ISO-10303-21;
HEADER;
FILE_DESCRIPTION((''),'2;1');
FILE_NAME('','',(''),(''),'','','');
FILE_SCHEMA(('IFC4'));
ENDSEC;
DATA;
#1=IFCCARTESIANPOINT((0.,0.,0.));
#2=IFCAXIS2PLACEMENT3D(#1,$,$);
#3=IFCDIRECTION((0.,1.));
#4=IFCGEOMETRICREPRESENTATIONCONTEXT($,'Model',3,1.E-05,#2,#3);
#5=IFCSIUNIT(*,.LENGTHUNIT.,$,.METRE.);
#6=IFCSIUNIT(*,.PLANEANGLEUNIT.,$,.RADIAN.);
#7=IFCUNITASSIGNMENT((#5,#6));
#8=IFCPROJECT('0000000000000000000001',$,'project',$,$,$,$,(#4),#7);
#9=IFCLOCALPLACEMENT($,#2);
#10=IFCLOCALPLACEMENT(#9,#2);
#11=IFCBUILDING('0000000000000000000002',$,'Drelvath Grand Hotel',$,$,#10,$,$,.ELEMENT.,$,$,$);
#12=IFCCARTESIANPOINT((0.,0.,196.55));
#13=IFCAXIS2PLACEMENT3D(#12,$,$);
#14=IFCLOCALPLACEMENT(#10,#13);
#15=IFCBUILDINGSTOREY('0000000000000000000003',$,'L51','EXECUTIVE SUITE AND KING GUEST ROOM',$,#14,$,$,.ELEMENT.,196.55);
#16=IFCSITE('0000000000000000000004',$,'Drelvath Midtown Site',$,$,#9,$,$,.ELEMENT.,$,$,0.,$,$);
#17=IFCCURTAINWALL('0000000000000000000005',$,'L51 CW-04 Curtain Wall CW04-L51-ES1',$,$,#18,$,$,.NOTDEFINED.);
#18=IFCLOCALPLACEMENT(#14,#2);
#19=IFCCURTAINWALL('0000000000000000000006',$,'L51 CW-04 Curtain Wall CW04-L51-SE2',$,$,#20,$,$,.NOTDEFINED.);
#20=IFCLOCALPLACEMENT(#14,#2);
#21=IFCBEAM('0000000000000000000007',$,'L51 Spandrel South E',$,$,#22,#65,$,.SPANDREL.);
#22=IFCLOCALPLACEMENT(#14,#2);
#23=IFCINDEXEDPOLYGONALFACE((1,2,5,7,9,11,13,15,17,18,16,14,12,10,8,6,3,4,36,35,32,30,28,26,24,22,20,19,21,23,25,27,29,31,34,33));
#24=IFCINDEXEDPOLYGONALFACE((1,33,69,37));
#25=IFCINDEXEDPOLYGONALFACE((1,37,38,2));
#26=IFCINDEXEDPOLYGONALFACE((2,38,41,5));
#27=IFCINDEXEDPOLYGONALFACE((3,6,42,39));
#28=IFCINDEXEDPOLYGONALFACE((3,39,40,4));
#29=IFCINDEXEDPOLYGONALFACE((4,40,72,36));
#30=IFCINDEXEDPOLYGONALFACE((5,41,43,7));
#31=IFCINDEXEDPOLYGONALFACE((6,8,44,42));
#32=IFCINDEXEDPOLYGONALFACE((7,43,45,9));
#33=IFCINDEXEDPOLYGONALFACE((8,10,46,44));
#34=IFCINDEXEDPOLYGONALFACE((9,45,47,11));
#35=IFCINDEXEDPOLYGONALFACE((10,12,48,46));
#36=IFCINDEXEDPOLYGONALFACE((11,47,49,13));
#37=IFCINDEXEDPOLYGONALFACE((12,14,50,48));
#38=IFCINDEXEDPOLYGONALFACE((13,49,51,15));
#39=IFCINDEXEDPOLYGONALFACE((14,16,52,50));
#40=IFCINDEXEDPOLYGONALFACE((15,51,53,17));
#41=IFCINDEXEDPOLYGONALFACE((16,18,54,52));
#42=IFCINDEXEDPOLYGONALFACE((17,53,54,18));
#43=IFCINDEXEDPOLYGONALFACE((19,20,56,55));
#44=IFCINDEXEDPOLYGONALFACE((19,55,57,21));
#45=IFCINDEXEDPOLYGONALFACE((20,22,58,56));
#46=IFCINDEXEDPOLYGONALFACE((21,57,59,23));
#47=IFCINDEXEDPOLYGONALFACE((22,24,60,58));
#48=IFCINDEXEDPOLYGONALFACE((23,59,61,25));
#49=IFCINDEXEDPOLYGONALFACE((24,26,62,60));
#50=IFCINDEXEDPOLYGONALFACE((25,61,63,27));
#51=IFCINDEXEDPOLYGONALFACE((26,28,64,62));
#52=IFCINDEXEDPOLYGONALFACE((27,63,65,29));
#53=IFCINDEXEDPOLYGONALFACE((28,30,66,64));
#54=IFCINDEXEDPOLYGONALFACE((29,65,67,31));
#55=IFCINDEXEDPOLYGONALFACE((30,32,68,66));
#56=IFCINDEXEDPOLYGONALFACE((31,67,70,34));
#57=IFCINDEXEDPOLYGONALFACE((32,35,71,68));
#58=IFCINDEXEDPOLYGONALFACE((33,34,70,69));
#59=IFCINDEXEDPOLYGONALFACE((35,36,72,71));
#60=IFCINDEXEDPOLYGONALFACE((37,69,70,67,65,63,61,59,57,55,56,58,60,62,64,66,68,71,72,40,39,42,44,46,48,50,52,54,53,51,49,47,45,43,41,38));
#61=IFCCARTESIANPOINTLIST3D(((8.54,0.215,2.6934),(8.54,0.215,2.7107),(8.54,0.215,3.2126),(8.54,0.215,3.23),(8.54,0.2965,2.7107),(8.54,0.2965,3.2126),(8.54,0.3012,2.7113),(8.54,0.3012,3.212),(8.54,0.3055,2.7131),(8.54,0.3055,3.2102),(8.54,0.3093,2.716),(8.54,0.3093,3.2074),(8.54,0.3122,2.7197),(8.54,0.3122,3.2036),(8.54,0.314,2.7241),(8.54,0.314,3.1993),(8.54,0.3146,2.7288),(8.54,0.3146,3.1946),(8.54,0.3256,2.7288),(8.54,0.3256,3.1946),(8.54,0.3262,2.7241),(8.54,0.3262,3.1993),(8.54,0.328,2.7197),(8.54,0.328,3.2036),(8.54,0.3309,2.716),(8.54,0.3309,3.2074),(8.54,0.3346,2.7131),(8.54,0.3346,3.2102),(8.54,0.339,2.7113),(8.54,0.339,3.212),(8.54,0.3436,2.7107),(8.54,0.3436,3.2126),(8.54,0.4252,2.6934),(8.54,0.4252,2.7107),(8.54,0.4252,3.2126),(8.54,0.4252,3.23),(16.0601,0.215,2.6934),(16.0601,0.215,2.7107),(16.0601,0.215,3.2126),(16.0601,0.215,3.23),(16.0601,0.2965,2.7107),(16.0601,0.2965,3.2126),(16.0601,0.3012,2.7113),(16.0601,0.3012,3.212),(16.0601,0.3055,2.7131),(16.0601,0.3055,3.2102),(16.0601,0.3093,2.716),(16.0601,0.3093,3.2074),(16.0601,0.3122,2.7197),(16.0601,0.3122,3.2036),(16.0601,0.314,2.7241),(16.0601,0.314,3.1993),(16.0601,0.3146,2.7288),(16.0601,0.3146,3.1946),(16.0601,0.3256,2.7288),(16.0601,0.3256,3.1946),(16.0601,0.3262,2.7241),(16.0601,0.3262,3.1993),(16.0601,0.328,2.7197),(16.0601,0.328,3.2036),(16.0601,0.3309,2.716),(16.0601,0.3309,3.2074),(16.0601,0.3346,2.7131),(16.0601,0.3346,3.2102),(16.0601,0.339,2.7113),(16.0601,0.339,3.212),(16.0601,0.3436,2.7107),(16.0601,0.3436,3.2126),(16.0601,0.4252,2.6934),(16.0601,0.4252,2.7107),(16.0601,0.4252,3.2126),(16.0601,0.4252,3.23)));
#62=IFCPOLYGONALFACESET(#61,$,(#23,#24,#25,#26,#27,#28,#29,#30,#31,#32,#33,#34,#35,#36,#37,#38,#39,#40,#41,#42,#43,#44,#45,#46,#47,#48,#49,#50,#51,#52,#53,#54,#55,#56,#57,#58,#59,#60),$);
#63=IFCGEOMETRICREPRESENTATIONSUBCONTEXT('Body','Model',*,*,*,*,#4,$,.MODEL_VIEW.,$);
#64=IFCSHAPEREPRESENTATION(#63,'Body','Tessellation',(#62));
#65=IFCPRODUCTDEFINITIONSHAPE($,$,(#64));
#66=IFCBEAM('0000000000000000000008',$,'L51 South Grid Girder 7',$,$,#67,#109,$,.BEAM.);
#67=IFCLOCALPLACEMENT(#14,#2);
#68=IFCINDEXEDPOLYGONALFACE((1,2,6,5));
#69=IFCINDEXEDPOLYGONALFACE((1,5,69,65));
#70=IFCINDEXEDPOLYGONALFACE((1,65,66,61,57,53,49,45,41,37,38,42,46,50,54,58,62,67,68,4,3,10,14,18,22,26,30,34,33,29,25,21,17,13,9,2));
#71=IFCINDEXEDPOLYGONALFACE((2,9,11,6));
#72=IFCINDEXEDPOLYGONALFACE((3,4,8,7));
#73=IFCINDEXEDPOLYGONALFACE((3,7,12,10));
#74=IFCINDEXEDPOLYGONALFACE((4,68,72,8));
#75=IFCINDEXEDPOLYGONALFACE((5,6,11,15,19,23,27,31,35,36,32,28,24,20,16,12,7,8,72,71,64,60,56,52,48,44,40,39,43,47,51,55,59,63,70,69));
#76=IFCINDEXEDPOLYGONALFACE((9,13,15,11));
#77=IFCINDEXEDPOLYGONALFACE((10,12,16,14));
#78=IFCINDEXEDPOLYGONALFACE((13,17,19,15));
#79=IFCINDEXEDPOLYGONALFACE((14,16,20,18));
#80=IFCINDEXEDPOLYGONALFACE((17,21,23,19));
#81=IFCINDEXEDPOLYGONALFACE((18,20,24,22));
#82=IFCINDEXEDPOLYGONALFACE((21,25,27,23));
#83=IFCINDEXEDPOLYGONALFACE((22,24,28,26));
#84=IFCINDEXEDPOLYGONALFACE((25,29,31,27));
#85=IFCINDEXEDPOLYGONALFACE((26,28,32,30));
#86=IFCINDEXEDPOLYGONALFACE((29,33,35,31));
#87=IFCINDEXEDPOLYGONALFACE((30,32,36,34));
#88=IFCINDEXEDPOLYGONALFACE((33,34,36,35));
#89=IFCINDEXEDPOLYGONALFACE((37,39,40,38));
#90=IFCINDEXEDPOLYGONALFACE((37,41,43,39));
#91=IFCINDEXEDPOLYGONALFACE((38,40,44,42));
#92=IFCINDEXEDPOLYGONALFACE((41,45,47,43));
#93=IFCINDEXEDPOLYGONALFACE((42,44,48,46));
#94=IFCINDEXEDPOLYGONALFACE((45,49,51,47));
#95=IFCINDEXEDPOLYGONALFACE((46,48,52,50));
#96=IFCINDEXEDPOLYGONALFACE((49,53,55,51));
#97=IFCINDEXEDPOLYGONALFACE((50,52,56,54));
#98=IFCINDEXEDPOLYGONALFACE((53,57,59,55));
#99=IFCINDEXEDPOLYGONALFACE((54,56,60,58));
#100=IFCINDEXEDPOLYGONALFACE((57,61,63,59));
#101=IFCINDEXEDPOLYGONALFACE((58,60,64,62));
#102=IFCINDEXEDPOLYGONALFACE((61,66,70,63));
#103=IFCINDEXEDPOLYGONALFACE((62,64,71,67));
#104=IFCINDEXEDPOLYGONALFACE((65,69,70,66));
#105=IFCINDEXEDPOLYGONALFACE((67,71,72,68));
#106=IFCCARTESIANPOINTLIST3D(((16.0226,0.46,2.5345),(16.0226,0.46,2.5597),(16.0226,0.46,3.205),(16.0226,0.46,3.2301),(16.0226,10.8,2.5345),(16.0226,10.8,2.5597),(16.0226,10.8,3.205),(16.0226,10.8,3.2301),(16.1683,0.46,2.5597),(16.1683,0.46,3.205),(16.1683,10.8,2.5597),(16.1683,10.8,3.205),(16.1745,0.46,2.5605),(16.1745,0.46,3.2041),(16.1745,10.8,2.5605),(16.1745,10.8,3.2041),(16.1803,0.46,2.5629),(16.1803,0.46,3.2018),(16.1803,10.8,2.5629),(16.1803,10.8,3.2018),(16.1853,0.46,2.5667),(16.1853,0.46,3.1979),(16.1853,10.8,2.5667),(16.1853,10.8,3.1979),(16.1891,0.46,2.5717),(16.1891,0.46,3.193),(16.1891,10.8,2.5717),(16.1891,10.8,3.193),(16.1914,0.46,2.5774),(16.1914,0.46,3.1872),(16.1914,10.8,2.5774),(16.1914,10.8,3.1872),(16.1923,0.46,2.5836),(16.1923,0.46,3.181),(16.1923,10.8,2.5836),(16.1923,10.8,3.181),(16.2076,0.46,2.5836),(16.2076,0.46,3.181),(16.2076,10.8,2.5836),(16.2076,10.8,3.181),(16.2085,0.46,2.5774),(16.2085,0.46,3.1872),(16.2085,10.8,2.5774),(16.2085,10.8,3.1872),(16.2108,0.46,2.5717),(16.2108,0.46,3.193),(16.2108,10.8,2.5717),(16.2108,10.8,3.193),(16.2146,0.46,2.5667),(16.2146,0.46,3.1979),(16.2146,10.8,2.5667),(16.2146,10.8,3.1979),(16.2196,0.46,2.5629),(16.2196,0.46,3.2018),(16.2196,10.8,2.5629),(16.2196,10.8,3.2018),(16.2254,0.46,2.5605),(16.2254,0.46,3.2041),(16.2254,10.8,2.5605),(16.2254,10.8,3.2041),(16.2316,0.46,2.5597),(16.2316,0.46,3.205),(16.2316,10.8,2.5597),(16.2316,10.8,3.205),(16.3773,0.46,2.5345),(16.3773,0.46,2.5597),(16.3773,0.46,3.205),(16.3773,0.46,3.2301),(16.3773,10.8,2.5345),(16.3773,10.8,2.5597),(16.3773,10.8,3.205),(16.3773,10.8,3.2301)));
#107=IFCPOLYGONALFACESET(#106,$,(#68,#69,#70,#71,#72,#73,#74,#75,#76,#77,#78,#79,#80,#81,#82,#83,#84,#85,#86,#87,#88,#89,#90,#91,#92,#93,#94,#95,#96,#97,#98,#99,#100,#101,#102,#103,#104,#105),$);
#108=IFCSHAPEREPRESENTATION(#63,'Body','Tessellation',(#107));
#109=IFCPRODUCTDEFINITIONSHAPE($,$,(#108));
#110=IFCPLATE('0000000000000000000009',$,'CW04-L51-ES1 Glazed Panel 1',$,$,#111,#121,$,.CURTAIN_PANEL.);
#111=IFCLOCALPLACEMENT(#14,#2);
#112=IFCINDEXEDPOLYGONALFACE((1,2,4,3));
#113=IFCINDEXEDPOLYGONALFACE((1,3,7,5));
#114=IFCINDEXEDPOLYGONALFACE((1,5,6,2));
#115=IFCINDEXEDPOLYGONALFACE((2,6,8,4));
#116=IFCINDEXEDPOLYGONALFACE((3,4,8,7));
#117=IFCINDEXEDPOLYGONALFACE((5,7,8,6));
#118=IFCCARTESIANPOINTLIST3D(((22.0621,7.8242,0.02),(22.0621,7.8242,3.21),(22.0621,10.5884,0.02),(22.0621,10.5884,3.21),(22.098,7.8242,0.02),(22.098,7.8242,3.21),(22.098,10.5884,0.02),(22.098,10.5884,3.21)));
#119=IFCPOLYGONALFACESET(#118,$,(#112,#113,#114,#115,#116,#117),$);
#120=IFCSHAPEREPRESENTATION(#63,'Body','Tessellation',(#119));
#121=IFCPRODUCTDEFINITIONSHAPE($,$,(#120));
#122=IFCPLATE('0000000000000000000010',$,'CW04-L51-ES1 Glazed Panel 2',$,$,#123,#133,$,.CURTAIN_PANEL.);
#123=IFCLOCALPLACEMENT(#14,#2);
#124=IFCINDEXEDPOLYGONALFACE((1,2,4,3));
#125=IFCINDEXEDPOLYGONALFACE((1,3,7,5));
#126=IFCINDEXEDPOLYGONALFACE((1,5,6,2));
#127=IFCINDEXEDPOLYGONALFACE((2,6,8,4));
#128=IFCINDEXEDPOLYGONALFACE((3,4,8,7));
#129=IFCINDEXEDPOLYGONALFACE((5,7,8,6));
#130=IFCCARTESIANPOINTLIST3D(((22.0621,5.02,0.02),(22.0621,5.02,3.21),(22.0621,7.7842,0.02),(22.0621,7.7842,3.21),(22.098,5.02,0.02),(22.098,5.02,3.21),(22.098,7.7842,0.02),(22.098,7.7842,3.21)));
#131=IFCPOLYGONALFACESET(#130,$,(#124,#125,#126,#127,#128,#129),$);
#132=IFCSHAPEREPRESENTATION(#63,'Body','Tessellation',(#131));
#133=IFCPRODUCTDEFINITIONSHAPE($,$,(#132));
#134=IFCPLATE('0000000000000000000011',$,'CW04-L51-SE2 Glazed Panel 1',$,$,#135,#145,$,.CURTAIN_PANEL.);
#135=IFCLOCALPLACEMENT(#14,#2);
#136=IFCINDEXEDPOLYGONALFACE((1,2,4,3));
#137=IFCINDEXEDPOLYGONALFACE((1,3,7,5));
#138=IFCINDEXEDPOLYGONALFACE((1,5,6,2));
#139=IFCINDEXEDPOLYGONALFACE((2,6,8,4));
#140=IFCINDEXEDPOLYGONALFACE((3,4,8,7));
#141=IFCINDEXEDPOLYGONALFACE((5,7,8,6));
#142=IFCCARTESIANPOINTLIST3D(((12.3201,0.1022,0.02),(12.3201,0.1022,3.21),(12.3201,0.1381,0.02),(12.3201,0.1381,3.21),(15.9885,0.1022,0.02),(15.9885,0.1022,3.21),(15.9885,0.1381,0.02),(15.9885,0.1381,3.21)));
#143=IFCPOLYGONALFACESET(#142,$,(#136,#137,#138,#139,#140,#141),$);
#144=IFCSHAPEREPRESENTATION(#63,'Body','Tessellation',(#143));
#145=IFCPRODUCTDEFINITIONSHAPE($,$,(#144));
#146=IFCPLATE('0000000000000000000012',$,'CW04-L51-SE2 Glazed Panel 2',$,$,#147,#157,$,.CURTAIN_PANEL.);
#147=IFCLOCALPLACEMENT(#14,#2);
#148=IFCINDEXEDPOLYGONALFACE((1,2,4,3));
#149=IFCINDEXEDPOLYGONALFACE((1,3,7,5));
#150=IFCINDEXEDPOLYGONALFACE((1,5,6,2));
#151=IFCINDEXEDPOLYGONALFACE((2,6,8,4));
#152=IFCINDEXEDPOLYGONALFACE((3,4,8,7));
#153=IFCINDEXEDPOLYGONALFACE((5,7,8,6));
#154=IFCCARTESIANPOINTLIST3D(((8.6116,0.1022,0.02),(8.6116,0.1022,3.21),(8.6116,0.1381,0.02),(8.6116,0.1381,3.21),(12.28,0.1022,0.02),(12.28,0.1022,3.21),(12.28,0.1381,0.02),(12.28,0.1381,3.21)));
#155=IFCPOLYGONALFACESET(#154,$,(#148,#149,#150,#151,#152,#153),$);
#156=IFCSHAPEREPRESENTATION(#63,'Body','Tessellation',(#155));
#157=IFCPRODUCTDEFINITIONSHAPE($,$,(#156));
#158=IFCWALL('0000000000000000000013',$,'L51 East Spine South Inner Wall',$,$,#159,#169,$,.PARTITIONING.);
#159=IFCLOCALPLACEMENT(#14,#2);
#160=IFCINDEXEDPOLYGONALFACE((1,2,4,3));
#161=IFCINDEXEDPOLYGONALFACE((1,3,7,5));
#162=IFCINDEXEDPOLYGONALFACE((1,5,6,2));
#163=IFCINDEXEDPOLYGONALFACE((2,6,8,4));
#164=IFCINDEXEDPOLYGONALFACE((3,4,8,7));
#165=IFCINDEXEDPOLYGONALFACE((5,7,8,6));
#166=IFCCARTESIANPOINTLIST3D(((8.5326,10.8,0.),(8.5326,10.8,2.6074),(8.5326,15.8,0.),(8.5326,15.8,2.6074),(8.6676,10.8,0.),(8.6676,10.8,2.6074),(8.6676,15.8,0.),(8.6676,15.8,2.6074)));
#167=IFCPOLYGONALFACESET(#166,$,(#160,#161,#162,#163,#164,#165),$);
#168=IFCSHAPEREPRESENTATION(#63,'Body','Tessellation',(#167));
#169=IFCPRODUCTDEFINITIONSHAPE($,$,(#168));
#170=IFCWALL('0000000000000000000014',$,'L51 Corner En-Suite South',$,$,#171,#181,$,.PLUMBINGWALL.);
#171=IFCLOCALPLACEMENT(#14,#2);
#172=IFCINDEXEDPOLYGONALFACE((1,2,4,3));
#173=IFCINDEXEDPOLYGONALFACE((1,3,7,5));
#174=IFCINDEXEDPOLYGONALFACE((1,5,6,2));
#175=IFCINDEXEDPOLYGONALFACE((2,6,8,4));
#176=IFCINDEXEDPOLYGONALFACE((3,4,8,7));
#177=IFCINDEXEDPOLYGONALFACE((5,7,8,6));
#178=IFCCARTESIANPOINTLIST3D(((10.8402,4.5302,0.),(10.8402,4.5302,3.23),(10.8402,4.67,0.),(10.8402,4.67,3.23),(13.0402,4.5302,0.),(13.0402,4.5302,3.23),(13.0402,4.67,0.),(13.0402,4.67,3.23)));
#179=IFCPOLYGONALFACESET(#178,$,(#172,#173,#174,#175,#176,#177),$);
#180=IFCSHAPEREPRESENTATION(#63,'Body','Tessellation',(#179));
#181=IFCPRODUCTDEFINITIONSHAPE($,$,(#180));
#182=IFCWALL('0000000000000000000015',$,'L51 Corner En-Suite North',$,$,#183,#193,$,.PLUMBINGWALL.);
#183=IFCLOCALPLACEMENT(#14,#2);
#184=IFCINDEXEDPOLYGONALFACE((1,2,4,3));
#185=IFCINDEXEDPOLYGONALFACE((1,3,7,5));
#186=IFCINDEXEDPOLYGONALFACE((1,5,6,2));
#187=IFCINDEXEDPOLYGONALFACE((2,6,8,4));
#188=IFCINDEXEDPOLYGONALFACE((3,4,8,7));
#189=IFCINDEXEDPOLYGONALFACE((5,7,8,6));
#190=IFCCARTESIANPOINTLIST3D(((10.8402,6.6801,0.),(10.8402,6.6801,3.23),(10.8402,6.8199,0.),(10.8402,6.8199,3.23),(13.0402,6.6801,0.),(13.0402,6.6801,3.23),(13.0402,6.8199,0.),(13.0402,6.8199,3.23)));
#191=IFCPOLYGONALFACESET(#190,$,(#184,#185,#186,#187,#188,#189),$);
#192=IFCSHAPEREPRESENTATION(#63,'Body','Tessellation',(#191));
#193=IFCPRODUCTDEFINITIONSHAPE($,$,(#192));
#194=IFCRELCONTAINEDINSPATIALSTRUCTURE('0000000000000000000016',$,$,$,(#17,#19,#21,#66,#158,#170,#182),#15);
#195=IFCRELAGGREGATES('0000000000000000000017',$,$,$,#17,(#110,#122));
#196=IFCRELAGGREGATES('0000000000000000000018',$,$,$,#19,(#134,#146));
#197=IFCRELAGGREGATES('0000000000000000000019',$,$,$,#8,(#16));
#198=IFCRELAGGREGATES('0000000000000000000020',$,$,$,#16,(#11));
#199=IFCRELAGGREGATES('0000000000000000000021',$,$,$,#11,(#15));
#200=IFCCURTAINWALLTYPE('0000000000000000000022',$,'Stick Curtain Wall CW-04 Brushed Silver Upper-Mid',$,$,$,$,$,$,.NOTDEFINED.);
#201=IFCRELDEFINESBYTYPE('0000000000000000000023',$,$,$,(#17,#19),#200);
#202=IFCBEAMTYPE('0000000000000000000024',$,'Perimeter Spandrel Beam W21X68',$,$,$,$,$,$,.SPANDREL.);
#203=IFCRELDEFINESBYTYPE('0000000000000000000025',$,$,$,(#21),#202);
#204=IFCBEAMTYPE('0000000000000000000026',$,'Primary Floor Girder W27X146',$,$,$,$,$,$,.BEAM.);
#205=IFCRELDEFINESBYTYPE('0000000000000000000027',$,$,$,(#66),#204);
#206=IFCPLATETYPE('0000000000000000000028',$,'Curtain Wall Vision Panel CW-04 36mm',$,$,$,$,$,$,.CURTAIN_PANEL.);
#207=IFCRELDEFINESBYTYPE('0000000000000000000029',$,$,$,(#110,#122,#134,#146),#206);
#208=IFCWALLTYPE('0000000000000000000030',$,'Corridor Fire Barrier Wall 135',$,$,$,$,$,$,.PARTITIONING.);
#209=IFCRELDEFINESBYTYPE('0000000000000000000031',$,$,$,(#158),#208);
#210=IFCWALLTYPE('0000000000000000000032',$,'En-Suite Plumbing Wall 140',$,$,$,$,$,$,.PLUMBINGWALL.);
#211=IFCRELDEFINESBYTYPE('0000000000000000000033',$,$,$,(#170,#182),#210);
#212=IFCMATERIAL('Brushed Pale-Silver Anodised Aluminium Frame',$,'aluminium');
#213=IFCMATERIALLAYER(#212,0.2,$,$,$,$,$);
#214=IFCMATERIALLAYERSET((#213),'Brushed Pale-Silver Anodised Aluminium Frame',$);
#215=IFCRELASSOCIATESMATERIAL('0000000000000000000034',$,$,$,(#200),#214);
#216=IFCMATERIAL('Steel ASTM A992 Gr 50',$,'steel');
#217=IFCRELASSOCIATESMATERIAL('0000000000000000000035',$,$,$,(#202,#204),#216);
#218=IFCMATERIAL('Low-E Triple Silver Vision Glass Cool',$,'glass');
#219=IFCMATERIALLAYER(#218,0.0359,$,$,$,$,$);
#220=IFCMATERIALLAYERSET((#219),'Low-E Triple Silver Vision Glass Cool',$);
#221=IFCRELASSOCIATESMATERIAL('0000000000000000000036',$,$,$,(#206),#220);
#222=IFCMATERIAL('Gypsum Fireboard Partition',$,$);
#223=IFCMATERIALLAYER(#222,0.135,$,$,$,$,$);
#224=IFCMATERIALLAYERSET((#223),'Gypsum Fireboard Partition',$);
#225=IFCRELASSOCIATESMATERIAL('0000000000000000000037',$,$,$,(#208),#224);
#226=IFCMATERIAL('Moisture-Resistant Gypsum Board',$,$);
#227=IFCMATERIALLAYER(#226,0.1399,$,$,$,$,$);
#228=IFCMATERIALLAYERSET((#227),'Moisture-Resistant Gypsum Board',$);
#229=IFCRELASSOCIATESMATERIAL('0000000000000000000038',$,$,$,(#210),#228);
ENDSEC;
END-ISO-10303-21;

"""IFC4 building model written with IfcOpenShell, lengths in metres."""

from ifc_helpers import new_model, si_unit, direction, frame, frame_2d, origin, origin_2d, place, context, subcontext, project, spatial, rectangle, i_section, extrude, material, layer, layer_set, material_profile, profile_set, type_object, element, aggregate, save


model = new_model("IFC4")

# Units and contexts
model_context = context("Model", 3, precision=1e-05, world=origin(), true_north=direction((0.0, 1.0)))
body_context = subcontext(model_context, "Body", "Model", "MODEL_VIEW")
ifc_project = project(units=[si_unit("LENGTHUNIT", "METRE"), si_unit("PLANEANGLEUNIT", "RADIAN")], contexts=[model_context])

# Site, building, storey
site_placement = place(None, origin())
site = spatial("IfcSite", under=ifc_project, at=site_placement, Name="Drelvath Midtown Site", CompositionType="ELEMENT", RefElevation=0.0)
building_placement = place(site_placement, origin())
building = spatial("IfcBuilding", under=site, at=building_placement, Name="Drelvath Grand Hotel", CompositionType="ELEMENT")
storey_placement = place(building_placement, frame((0.0, 0.0, 196.55)))
storey = spatial("IfcBuildingStorey", under=building, at=storey_placement, Name="L51", Description="EXECUTIVE SUITE AND KING GUEST ROOM", CompositionType="ELEMENT", Elevation=196.55)

# Curtain walls
ifc_material_1 = material(Name="Brushed Pale-Silver Anodised Aluminium Frame", Category="aluminium")
ifc_layer_1 = layer(ifc_material_1, 0.2)
ifc_layer_set_1 = layer_set([ifc_layer_1], Name="Brushed Pale-Silver Anodised Aluminium Frame")
curtain_wall_type = type_object("IfcCurtainWallType", Name="Stick Curtain Wall CW-04 Brushed Silver Upper-Mid", PredefinedType="NOTDEFINED", material=ifc_layer_set_1)
curtain_wall_1_placement = place(storey_placement, origin())
curtain_wall_1 = element("IfcCurtainWall", 1, at=curtain_wall_1_placement, inside=storey, type_object=curtain_wall_type, Name="L51 CW-04 Curtain Wall CW04-L51-ES1", PredefinedType="NOTDEFINED")
curtain_wall_2_placement = place(storey_placement, origin())
curtain_wall_2 = element("IfcCurtainWall", 2, at=curtain_wall_2_placement, inside=storey, type_object=curtain_wall_type, Name="L51 CW-04 Curtain Wall CW04-L51-SE2", PredefinedType="NOTDEFINED")

# Beams
ifc_material_2 = material(Name="Steel ASTM A992 Gr 50", Category="steel")
ifc_material_profile_1 = material_profile(ifc_material_2, i_section(OverallWidth=0.2102, OverallDepth=0.5366, WebThickness=0.011, FlangeThickness=0.0173, FilletRadius=0.0181, at=origin_2d()), Name="W21X68")
ifc_profile_set_1 = profile_set([ifc_material_profile_1], Name="Steel ASTM A992 Gr 50")
beam_type_1 = type_object("IfcBeamType", Name="Perimeter Spandrel Beam W21X68", PredefinedType="SPANDREL", material=ifc_profile_set_1)
beam_1_placement = place(storey_placement, frame((8.54, 0.3201, 2.9617), z_axis=(1.0, 0.0, 0.0), x_axis=(0.0, 1.0, 0.0)))
element("IfcBeam", 3, at=beam_1_placement, inside=storey, type_object=beam_type_1, Name="L51 Spandrel South E", PredefinedType="SPANDREL", context=body_context, shape_type="SweptSolid", body=[
    extrude(i_section(OverallWidth=0.2102, OverallDepth=0.5366, WebThickness=0.011, FlangeThickness=0.0173, FilletRadius=0.0181, at=origin_2d()), origin(), (0.0, 0.0, 1.0), 7.52),
])
ifc_material_profile_2 = material_profile(ifc_material_2, i_section(OverallWidth=0.3547, OverallDepth=0.6956, WebThickness=0.0154, FlangeThickness=0.0251, FilletRadius=0.0239, at=origin_2d()), Name="W27X146")
ifc_profile_set_2 = profile_set([ifc_material_profile_2], Name="Steel ASTM A992 Gr 50")
beam_type_2 = type_object("IfcBeamType", Name="Primary Floor Girder W27X146", PredefinedType="BEAM", material=ifc_profile_set_2)
beam_2_placement = place(storey_placement, frame((16.2, 0.46, 2.8823), z_axis=(0.0, 1.0, 0.0), x_axis=(-1.0, 0.0, 0.0)))
element("IfcBeam", 4, at=beam_2_placement, inside=storey, type_object=beam_type_2, Name="L51 South Grid Girder 7", PredefinedType="BEAM", context=body_context, shape_type="SweptSolid", body=[
    extrude(i_section(OverallWidth=0.3547, OverallDepth=0.6956, WebThickness=0.0154, FlangeThickness=0.0251, FilletRadius=0.0239, at=origin_2d()), origin(), (0.0, 0.0, 1.0), 10.3401),
])

# Plates
ifc_material_3 = material(Name="Low-E Triple Silver Vision Glass Cool", Category="glass")
ifc_layer_2 = layer(ifc_material_3, 0.0359)
ifc_layer_set_2 = layer_set([ifc_layer_2], Name="Low-E Triple Silver Vision Glass Cool")
plate_type = type_object("IfcPlateType", Name="Curtain Wall Vision Panel CW-04 36mm", PredefinedType="CURTAIN_PANEL", material=ifc_layer_set_2)
plate_1_placement = place(storey_placement, frame((22.0801, 9.2063, 0.02), z_axis=(0.0, 0.0, 1.0), x_axis=(0.0, -1.0, 0.0)))
plate_1 = element("IfcPlate", 5, at=plate_1_placement, type_object=plate_type, Name="CW04-L51-ES1 Glazed Panel 1", PredefinedType="CURTAIN_PANEL", context=body_context, shape_type="SweptSolid", body=[
    extrude(rectangle(XDim=2.7642, YDim=0.0359, at=origin_2d()), origin(), (0.0, 0.0, 1.0), 3.1899),
])
plate_2_placement = place(storey_placement, frame((22.0801, 6.4021, 0.02), z_axis=(0.0, 0.0, 1.0), x_axis=(0.0, -1.0, 0.0)))
plate_2 = element("IfcPlate", 6, at=plate_2_placement, type_object=plate_type, Name="CW04-L51-ES1 Glazed Panel 2", PredefinedType="CURTAIN_PANEL", context=body_context, shape_type="SweptSolid", body=[
    extrude(rectangle(XDim=2.7642, YDim=0.0359, at=origin_2d()), origin(), (0.0, 0.0, 1.0), 3.1899),
])
aggregate(curtain_wall_1, [plate_1, plate_2])
plate_3_placement = place(storey_placement, frame((14.1543, 0.1201, 0.02), z_axis=(0.0, 0.0, 1.0), x_axis=(-1.0, 0.0, 0.0)))
plate_3 = element("IfcPlate", 7, at=plate_3_placement, type_object=plate_type, Name="CW04-L51-SE2 Glazed Panel 1", PredefinedType="CURTAIN_PANEL", context=body_context, shape_type="SweptSolid", body=[
    extrude(rectangle(XDim=3.6685, YDim=0.0359, at=origin_2d()), origin(), (0.0, 0.0, 1.0), 3.1899),
])
plate_4_placement = place(storey_placement, frame((10.4458, 0.1201, 0.02), z_axis=(0.0, 0.0, 1.0), x_axis=(-1.0, 0.0, 0.0)))
plate_4 = element("IfcPlate", 8, at=plate_4_placement, type_object=plate_type, Name="CW04-L51-SE2 Glazed Panel 2", PredefinedType="CURTAIN_PANEL", context=body_context, shape_type="SweptSolid", body=[
    extrude(rectangle(XDim=3.6685, YDim=0.0359, at=origin_2d()), origin(), (0.0, 0.0, 1.0), 3.1899),
])
aggregate(curtain_wall_2, [plate_3, plate_4])

# Walls
ifc_material_4 = material(Name="Gypsum Fireboard Partition")
ifc_layer_3 = layer(ifc_material_4, 0.135)
ifc_layer_set_3 = layer_set([ifc_layer_3], Name="Gypsum Fireboard Partition")
wall_type_1 = type_object("IfcWallType", Name="Corridor Fire Barrier Wall 135", PredefinedType="PARTITIONING", material=ifc_layer_set_3)
wall_1_placement = place(storey_placement, frame((8.6001, 10.8, 0.0), z_axis=(0.0, 0.0, 1.0), x_axis=(0.0, 1.0, 0.0)))
element("IfcWall", 9, at=wall_1_placement, inside=storey, type_object=wall_type_1, Name="L51 East Spine South Inner Wall", PredefinedType="PARTITIONING", context=body_context, shape_type="SweptSolid", body=[
    extrude(rectangle(XDim=5.0, YDim=0.135, at=frame_2d((2.5, 0.0))), origin(), (0.0, 0.0, 1.0), 2.6074),
])
ifc_material_5 = material(Name="Moisture-Resistant Gypsum Board")
ifc_layer_4 = layer(ifc_material_5, 0.1399)
ifc_layer_set_4 = layer_set([ifc_layer_4], Name="Moisture-Resistant Gypsum Board")
wall_type_2 = type_object("IfcWallType", Name="En-Suite Plumbing Wall 140", PredefinedType="PLUMBINGWALL", material=ifc_layer_set_4)
for number, where, z_axis, x_axis, name in (
    (10, (10.8401, 4.6001, 0.0), (0.0, 0.0, 1.0), (1.0, 0.0, 0.0), "L51 Corner En-Suite South"),
    (11, (10.8401, 6.75, 0.0), (0.0, 0.0, 1.0), (1.0, 0.0, 0.0), "L51 Corner En-Suite North"),
):
    element("IfcWall", number, at=place(storey_placement, frame(where, z_axis=z_axis, x_axis=x_axis)), inside=storey, type_object=wall_type_2, Name=name, PredefinedType="PLUMBINGWALL", context=body_context, shape_type="SweptSolid", body=[
        extrude(rectangle(XDim=2.2, YDim=0.1399, at=frame_2d((1.1001, 0.0))), origin(), (0.0, 0.0, 1.0), 3.23),
    ])

save(model, "model.ifc")
